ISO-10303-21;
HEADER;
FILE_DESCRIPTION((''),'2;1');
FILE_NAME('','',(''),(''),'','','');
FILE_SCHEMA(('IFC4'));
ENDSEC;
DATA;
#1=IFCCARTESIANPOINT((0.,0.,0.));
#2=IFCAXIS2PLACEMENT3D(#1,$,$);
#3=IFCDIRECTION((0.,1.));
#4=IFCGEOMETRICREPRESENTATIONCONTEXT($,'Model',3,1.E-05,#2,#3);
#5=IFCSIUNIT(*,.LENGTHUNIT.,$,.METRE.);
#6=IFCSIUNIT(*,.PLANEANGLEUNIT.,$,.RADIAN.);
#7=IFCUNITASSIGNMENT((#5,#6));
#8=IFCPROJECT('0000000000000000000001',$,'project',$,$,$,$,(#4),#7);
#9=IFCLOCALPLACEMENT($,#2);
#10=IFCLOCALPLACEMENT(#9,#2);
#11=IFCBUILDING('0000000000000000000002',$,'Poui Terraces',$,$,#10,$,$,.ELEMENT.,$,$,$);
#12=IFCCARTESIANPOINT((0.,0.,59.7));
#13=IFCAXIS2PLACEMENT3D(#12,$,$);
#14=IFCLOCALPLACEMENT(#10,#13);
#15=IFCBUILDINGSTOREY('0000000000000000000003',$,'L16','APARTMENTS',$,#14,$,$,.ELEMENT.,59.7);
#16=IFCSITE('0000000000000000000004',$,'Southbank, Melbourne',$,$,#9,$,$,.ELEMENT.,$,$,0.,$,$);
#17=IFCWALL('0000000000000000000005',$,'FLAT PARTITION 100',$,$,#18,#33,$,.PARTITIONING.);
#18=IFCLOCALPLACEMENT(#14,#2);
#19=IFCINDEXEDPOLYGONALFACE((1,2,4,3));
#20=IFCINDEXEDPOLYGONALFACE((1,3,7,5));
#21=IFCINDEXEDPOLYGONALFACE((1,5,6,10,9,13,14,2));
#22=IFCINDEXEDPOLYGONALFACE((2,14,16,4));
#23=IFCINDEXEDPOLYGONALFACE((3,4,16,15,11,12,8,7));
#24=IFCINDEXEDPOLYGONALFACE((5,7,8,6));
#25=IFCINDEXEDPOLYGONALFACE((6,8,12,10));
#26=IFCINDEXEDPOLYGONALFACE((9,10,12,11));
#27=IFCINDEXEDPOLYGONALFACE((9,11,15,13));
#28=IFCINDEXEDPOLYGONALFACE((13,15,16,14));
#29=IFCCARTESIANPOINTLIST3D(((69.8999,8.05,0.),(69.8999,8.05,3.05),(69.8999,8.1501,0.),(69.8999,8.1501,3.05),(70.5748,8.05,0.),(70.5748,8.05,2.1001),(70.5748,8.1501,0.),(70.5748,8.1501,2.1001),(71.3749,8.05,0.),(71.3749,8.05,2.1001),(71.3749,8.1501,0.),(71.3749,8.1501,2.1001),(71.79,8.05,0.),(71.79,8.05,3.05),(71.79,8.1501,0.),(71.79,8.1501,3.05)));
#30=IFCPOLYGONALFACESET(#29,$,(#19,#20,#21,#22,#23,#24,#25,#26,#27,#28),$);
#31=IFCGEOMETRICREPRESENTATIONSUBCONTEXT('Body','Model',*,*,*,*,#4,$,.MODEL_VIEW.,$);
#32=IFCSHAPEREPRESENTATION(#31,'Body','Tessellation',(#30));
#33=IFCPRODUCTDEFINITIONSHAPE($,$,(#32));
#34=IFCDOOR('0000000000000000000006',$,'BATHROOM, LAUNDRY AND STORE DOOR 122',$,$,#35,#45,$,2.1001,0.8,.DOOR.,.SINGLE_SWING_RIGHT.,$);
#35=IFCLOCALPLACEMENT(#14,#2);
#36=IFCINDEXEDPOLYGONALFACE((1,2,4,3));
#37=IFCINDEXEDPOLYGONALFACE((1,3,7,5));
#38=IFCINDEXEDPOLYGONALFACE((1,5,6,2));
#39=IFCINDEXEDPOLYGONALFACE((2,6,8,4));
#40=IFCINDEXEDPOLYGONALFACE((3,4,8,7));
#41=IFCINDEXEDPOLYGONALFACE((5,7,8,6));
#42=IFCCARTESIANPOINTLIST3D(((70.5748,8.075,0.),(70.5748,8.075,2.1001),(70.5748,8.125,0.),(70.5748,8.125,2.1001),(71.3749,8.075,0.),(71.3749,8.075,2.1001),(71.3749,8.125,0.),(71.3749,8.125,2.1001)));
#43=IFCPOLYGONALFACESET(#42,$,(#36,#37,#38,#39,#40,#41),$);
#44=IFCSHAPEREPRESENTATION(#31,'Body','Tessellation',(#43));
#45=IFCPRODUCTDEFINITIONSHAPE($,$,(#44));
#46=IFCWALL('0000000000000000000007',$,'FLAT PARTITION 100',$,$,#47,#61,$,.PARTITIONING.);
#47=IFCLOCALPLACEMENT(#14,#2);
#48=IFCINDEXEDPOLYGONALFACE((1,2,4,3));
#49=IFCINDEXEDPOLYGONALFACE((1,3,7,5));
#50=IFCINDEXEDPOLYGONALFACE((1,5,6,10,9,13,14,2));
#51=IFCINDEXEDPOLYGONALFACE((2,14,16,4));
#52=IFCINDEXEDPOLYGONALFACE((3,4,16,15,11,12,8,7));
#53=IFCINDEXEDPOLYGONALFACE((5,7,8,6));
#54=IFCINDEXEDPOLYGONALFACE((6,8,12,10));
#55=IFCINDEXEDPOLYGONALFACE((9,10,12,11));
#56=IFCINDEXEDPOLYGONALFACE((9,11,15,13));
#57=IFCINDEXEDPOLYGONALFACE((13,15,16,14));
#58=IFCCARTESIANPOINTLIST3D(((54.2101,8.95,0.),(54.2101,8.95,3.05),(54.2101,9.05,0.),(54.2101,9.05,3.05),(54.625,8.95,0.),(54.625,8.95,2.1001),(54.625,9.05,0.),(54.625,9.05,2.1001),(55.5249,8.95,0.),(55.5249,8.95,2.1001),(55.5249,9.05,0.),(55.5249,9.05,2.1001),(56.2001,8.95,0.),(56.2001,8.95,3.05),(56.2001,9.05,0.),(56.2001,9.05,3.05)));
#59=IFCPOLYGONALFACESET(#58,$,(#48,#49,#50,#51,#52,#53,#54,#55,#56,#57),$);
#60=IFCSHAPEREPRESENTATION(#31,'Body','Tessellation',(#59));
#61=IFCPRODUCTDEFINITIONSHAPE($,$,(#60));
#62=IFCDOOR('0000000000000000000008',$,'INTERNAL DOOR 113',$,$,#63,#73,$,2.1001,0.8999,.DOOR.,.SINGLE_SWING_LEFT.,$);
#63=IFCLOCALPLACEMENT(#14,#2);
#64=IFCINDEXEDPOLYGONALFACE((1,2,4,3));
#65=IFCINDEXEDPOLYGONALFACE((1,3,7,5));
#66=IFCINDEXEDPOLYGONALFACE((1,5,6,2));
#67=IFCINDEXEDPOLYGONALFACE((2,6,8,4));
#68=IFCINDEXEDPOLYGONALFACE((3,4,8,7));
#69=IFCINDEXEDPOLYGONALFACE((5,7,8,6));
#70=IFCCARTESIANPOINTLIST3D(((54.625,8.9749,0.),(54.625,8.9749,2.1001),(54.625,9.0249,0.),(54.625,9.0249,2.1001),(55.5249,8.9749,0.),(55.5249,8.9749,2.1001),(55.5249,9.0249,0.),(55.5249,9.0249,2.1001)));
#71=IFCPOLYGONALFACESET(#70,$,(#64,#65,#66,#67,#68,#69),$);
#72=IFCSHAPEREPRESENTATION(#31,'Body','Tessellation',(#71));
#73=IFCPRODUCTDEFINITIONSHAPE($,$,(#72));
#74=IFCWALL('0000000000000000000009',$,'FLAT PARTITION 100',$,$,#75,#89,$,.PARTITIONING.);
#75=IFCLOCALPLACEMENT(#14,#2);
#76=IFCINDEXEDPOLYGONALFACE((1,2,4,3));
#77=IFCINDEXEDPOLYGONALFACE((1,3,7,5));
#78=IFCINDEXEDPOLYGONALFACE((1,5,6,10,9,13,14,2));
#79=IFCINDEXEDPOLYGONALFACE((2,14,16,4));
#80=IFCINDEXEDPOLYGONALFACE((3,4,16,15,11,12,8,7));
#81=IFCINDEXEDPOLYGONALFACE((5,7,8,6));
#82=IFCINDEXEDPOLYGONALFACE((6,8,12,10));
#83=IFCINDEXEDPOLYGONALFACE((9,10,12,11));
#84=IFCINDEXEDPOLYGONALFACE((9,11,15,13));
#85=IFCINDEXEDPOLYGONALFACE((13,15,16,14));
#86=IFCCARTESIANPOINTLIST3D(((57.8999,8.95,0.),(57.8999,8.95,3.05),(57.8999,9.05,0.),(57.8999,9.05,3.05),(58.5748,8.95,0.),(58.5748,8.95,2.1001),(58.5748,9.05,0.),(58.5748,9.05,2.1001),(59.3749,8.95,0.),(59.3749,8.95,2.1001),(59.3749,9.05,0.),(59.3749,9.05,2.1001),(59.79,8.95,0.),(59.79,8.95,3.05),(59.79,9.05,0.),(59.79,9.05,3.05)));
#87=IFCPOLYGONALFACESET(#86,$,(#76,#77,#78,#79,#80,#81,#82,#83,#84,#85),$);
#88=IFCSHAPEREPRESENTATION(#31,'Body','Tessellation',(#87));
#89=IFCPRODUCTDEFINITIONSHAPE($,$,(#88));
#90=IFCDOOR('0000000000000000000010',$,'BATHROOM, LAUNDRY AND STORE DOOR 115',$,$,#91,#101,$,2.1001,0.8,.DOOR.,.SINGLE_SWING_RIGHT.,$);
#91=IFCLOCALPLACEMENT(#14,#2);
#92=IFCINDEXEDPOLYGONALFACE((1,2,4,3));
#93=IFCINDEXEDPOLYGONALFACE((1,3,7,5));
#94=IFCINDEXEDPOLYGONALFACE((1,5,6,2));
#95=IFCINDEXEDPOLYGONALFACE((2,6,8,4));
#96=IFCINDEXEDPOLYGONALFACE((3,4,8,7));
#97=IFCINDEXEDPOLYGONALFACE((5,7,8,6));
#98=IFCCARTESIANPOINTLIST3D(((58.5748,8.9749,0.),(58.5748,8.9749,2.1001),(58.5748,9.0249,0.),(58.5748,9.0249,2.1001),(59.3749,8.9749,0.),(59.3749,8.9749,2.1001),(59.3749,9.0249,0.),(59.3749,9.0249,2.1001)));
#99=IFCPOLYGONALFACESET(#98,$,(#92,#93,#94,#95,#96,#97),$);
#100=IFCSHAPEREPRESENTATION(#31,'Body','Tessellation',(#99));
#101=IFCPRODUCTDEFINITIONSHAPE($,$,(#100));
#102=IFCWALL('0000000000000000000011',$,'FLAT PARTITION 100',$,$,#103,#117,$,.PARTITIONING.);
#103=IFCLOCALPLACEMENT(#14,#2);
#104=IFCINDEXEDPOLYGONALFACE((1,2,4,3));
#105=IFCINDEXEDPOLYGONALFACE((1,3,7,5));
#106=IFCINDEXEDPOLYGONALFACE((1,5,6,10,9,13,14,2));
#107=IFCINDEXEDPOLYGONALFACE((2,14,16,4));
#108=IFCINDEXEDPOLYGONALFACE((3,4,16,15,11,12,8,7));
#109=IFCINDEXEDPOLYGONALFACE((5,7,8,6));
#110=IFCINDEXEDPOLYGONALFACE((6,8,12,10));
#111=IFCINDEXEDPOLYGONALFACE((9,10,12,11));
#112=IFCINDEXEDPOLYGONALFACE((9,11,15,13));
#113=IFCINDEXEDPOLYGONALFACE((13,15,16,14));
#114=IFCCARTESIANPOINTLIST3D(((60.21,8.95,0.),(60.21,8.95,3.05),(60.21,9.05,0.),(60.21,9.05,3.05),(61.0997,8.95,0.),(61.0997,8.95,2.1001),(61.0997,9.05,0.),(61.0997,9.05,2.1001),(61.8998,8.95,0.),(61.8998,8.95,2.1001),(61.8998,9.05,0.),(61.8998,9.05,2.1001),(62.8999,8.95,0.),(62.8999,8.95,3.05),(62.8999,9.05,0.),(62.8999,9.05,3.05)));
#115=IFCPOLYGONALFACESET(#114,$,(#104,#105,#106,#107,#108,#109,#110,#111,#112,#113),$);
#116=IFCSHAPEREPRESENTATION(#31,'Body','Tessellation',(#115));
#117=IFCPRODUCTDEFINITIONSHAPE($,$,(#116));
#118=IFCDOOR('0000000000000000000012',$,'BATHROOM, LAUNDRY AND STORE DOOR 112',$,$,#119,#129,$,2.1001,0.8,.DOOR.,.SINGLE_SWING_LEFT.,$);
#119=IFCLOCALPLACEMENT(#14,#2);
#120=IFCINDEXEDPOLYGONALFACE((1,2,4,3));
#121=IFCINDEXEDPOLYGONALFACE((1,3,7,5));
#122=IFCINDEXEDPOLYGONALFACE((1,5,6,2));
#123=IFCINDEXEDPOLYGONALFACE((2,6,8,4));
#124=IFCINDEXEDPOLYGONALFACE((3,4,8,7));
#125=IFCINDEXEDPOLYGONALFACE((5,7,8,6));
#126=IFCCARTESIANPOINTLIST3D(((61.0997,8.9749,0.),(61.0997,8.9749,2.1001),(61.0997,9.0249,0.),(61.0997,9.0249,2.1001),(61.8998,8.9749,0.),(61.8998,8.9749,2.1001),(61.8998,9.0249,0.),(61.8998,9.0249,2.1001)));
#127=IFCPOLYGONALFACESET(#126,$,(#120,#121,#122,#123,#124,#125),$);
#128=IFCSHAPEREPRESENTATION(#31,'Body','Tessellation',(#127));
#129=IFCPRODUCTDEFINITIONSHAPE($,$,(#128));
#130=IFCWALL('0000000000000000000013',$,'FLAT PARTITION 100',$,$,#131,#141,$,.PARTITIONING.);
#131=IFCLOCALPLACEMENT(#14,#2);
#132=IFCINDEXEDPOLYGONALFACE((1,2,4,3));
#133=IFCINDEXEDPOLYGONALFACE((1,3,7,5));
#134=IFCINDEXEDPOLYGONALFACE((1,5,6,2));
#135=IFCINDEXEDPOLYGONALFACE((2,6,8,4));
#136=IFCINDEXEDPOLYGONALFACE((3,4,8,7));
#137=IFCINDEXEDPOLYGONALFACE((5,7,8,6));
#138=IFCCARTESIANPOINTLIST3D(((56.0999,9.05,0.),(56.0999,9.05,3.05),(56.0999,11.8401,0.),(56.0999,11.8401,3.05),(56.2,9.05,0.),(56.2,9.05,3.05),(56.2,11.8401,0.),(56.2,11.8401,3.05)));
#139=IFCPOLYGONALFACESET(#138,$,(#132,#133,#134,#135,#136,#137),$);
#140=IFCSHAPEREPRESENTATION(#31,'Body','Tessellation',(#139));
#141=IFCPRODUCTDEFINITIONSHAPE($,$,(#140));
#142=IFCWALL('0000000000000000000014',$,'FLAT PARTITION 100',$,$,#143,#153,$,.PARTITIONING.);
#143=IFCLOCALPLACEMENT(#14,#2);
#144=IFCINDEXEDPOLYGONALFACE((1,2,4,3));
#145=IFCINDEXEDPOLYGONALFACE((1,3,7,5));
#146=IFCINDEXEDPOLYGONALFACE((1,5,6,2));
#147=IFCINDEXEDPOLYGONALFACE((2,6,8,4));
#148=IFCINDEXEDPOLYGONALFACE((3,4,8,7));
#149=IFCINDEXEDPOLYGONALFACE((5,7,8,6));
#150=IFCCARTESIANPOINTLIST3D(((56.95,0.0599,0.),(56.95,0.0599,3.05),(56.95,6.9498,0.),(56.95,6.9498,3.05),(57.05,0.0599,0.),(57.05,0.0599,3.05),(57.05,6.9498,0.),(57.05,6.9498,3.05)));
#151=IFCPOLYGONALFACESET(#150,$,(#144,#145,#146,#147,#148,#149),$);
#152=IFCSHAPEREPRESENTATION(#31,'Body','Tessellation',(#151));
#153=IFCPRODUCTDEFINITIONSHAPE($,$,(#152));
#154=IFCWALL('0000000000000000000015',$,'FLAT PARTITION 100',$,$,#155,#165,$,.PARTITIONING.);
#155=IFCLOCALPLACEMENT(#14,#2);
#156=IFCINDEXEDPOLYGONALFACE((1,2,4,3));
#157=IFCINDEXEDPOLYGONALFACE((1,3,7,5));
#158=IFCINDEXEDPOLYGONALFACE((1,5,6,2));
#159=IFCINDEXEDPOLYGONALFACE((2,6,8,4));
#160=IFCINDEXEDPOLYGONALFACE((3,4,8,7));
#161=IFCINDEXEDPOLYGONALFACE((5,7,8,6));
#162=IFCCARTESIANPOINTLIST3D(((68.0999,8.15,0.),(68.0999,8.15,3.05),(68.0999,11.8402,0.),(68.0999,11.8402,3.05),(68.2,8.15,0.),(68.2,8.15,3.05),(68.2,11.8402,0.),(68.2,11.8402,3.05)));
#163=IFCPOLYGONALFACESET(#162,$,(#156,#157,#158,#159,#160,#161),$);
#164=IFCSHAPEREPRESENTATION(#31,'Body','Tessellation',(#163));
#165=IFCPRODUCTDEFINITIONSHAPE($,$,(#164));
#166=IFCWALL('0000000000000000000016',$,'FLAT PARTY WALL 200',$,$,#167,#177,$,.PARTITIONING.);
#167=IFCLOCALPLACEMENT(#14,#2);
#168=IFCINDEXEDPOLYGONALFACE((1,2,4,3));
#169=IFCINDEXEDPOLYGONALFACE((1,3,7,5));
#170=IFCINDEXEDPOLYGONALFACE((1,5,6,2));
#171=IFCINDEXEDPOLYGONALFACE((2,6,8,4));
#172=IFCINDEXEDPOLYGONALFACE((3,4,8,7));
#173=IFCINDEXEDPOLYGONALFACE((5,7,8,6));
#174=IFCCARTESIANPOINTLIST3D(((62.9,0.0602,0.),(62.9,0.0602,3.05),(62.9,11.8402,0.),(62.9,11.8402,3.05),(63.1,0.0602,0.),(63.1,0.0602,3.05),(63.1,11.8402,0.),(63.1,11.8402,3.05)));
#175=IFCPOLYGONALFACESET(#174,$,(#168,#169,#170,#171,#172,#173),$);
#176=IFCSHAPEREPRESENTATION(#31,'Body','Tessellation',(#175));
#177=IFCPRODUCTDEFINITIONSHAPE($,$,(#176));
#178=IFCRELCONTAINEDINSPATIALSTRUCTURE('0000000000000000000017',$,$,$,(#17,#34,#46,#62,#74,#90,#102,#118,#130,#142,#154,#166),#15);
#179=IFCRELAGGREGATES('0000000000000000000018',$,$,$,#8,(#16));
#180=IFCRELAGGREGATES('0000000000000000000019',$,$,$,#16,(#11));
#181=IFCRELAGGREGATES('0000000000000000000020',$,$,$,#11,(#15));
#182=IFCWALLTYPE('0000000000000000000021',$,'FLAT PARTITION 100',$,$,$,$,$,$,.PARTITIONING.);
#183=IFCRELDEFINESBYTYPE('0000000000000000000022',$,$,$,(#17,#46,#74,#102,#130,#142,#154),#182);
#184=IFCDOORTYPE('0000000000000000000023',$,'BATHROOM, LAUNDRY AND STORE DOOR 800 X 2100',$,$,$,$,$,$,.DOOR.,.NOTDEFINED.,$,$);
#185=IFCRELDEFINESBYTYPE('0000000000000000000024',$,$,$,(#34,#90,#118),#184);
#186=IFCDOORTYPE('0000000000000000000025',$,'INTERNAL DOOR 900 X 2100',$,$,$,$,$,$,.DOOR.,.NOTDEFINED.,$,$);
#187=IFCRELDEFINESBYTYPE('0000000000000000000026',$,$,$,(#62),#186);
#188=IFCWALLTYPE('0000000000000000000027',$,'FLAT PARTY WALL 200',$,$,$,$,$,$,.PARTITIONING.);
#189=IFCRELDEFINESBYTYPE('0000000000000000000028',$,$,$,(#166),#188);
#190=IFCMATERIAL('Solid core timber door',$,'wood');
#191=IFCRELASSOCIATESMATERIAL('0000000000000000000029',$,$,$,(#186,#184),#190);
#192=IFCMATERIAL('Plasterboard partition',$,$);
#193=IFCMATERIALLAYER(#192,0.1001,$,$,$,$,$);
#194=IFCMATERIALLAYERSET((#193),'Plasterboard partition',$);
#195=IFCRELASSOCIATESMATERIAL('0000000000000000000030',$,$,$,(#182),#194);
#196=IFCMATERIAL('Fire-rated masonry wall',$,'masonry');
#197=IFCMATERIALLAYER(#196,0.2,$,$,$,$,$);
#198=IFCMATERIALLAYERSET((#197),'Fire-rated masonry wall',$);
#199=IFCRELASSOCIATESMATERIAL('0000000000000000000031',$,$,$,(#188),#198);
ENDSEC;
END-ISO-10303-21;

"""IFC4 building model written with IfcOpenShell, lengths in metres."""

from ifc_helpers import new_model, si_unit, direction, frame, frame_2d, origin, place, context, subcontext, project, spatial, rectangle, extrude, material, layer, layer_set, type_object, element, fill, save


model = new_model("IFC4")

# Units and contexts
model_context = context("Model", 3, precision=1e-05, world=origin(), true_north=direction((0.0, 1.0)))
body_context = subcontext(model_context, "Body", "Model", "MODEL_VIEW")
ifc_project = project(units=[si_unit("LENGTHUNIT", "METRE"), si_unit("PLANEANGLEUNIT", "RADIAN")], contexts=[model_context])

# Site, building, storey
site_placement = place(None, origin())
site = spatial("IfcSite", under=ifc_project, at=site_placement, Name="Southbank, Melbourne", CompositionType="ELEMENT", RefElevation=0.0)
building_placement = place(site_placement, origin())
building = spatial("IfcBuilding", under=site, at=building_placement, Name="Poui Terraces", CompositionType="ELEMENT")
storey_placement = place(building_placement, frame((0.0, 0.0, 59.7)))
storey = spatial("IfcBuildingStorey", under=building, at=storey_placement, Name="L16", Description="APARTMENTS", CompositionType="ELEMENT", Elevation=59.7)

# Walls, openings, doors
ifc_material_1 = material(Name="Solid core timber door", Category="wood")
door_type_1 = type_object("IfcDoorType", Name="INTERNAL DOOR 900 X 2100", OperationType="NOTDEFINED", PredefinedType="DOOR", material=ifc_material_1)
ifc_material_2 = material(Name="Plasterboard partition")
ifc_layer_1 = layer(ifc_material_2, 0.1001)
ifc_layer_set_1 = layer_set([ifc_layer_1], Name="Plasterboard partition")
wall_type_1 = type_object("IfcWallType", Name="FLAT PARTITION 100", PredefinedType="PARTITIONING", material=ifc_layer_set_1)
door_type_2 = type_object("IfcDoorType", Name="BATHROOM, LAUNDRY AND STORE DOOR 800 X 2100", OperationType="NOTDEFINED", PredefinedType="DOOR", material=ifc_material_1)
wall_1_placement = place(storey_placement, frame((69.8999, 8.1001, 0.0), z_axis=(0.0, 0.0, 1.0), x_axis=(1.0, 0.0, 0.0)))
wall_1 = element("IfcWall", 1, at=wall_1_placement, inside=storey, type_object=wall_type_1, Name="FLAT PARTITION 100", PredefinedType="PARTITIONING", context=body_context, shape_type="SweptSolid", body=[
    extrude(rectangle(XDim=1.8901, YDim=0.1001, at=frame_2d((0.9451, 0.0))), origin(), (0.0, 0.0, 1.0), 3.05),
])
opening_1_placement = place(wall_1_placement, frame((0.675, 0.0, 0.0)))
opening_1 = element("IfcOpeningElement", 2, at=opening_1_placement, cuts=wall_1, PredefinedType="OPENING", context=body_context, shape_type="SweptSolid", body=[
    extrude(rectangle(XDim=0.8, YDim=2.1001, at=frame_2d((0.3999, 1.05))), frame((0.0, 0.0601, 0.0), z_axis=(0.0, -1.0, 0.0), x_axis=(1.0, 0.0, 0.0)), (0.0, 0.0, 1.0), 0.1201),
])
door_1_placement = place(opening_1_placement, origin())
door_1 = element("IfcDoor", 3, at=door_1_placement, inside=storey, type_object=door_type_2, Name="BATHROOM, LAUNDRY AND STORE DOOR 122", OperationType="SINGLE_SWING_RIGHT", OverallHeight=2.1001, OverallWidth=0.8, PredefinedType="DOOR", context=body_context, shape_type="SweptSolid", body=[
    extrude(rectangle(XDim=0.8, YDim=2.1001, at=frame_2d((0.3999, 1.05))), frame((0.0, 0.0249, 0.0), z_axis=(0.0, -1.0, 0.0), x_axis=(1.0, 0.0, 0.0)), (0.0, 0.0, 1.0), 0.05),
])
fill(opening_1, door_1)
wall_2_placement = place(storey_placement, frame((54.21, 9.0, 0.0), z_axis=(0.0, 0.0, 1.0), x_axis=(1.0, 0.0, 0.0)))
wall_2 = element("IfcWall", 4, at=wall_2_placement, inside=storey, type_object=wall_type_1, Name="FLAT PARTITION 100", PredefinedType="PARTITIONING", context=body_context, shape_type="SweptSolid", body=[
    extrude(rectangle(XDim=1.99, YDim=0.1001, at=frame_2d((0.9951, 0.0))), origin(), (0.0, 0.0, 1.0), 3.05),
])
opening_2_placement = place(wall_2_placement, frame((0.415, 0.0, 0.0)))
opening_2 = element("IfcOpeningElement", 5, at=opening_2_placement, cuts=wall_2, PredefinedType="OPENING", context=body_context, shape_type="SweptSolid", body=[
    extrude(rectangle(XDim=0.8999, YDim=2.1001, at=frame_2d((0.45, 1.05))), frame((0.0, 0.0601, 0.0), z_axis=(0.0, -1.0, 0.0), x_axis=(1.0, 0.0, 0.0)), (0.0, 0.0, 1.0), 0.1201),
])
door_2_placement = place(opening_2_placement, origin())
door_2 = element("IfcDoor", 6, at=door_2_placement, inside=storey, type_object=door_type_1, Name="INTERNAL DOOR 113", OperationType="SINGLE_SWING_LEFT", OverallHeight=2.1001, OverallWidth=0.8999, PredefinedType="DOOR", context=body_context, shape_type="SweptSolid", body=[
    extrude(rectangle(XDim=0.8999, YDim=2.1001, at=frame_2d((0.45, 1.05))), frame((0.0, 0.0249, 0.0), z_axis=(0.0, -1.0, 0.0), x_axis=(1.0, 0.0, 0.0)), (0.0, 0.0, 1.0), 0.05),
])
fill(opening_2, door_2)
wall_3_placement = place(storey_placement, frame((57.8999, 9.0, 0.0), z_axis=(0.0, 0.0, 1.0), x_axis=(1.0, 0.0, 0.0)))
wall_3 = element("IfcWall", 7, at=wall_3_placement, inside=storey, type_object=wall_type_1, Name="FLAT PARTITION 100", PredefinedType="PARTITIONING", context=body_context, shape_type="SweptSolid", body=[
    extrude(rectangle(XDim=1.8901, YDim=0.1001, at=frame_2d((0.9451, 0.0))), origin(), (0.0, 0.0, 1.0), 3.05),
])
opening_3_placement = place(wall_3_placement, frame((0.675, 0.0, 0.0)))
opening_3 = element("IfcOpeningElement", 8, at=opening_3_placement, cuts=wall_3, PredefinedType="OPENING", context=body_context, shape_type="SweptSolid", body=[
    extrude(rectangle(XDim=0.8, YDim=2.1001, at=frame_2d((0.3999, 1.05))), frame((0.0, 0.0601, 0.0), z_axis=(0.0, -1.0, 0.0), x_axis=(1.0, 0.0, 0.0)), (0.0, 0.0, 1.0), 0.1201),
])
door_3_placement = place(opening_3_placement, origin())
door_3 = element("IfcDoor", 9, at=door_3_placement, inside=storey, type_object=door_type_2, Name="BATHROOM, LAUNDRY AND STORE DOOR 115", OperationType="SINGLE_SWING_RIGHT", OverallHeight=2.1001, OverallWidth=0.8, PredefinedType="DOOR", context=body_context, shape_type="SweptSolid", body=[
    extrude(rectangle(XDim=0.8, YDim=2.1001, at=frame_2d((0.3999, 1.05))), frame((0.0, 0.0249, 0.0), z_axis=(0.0, -1.0, 0.0), x_axis=(1.0, 0.0, 0.0)), (0.0, 0.0, 1.0), 0.05),
])
fill(opening_3, door_3)
wall_4_placement = place(storey_placement, frame((60.21, 9.0, 0.0), z_axis=(0.0, 0.0, 1.0), x_axis=(1.0, 0.0, 0.0)))
wall_4 = element("IfcWall", 10, at=wall_4_placement, inside=storey, type_object=wall_type_1, Name="FLAT PARTITION 100", PredefinedType="PARTITIONING", context=body_context, shape_type="SweptSolid", body=[
    extrude(rectangle(XDim=2.6899, YDim=0.1001, at=frame_2d((1.345, 0.0))), origin(), (0.0, 0.0, 1.0), 3.05),
])
opening_4_placement = place(wall_4_placement, frame((0.8899, 0.0, 0.0)))
opening_4 = element("IfcOpeningElement", 11, at=opening_4_placement, cuts=wall_4, PredefinedType="OPENING", context=body_context, shape_type="SweptSolid", body=[
    extrude(rectangle(XDim=0.8, YDim=2.1001, at=frame_2d((0.3999, 1.05))), frame((0.0, 0.0601, 0.0), z_axis=(0.0, -1.0, 0.0), x_axis=(1.0, 0.0, 0.0)), (0.0, 0.0, 1.0), 0.1201),
])
door_4_placement = place(opening_4_placement, origin())
door_4 = element("IfcDoor", 12, at=door_4_placement, inside=storey, type_object=door_type_2, Name="BATHROOM, LAUNDRY AND STORE DOOR 112", OperationType="SINGLE_SWING_LEFT", OverallHeight=2.1001, OverallWidth=0.8, PredefinedType="DOOR", context=body_context, shape_type="SweptSolid", body=[
    extrude(rectangle(XDim=0.8, YDim=2.1001, at=frame_2d((0.3999, 1.05))), frame((0.0, 0.0249, 0.0), z_axis=(0.0, -1.0, 0.0), x_axis=(1.0, 0.0, 0.0)), (0.0, 0.0, 1.0), 0.05),
])
fill(opening_4, door_4)

# Walls
wall_5_placement = place(storey_placement, frame((56.1499, 9.05, 0.0), z_axis=(0.0, 0.0, 1.0), x_axis=(0.0, 1.0, 0.0)))
element("IfcWall", 13, at=wall_5_placement, inside=storey, type_object=wall_type_1, Name="FLAT PARTITION 100", PredefinedType="PARTITIONING", context=body_context, shape_type="SweptSolid", body=[
    extrude(rectangle(XDim=2.79, YDim=0.1001, at=frame_2d((1.395, 0.0))), origin(), (0.0, 0.0, 1.0), 3.05),
])
wall_6_placement = place(storey_placement, frame((57.0, 0.0601, 0.0), z_axis=(0.0, 0.0, 1.0), x_axis=(0.0, 1.0, 0.0)))
element("IfcWall", 14, at=wall_6_placement, inside=storey, type_object=wall_type_1, Name="FLAT PARTITION 100", PredefinedType="PARTITIONING", context=body_context, shape_type="SweptSolid", body=[
    extrude(rectangle(XDim=6.8899, YDim=0.1001, at=frame_2d((3.4448, 0.0))), origin(), (0.0, 0.0, 1.0), 3.05),
])
wall_7_placement = place(storey_placement, frame((68.1499, 8.1499, 0.0), z_axis=(0.0, 0.0, 1.0), x_axis=(0.0, 1.0, 0.0)))
element("IfcWall", 15, at=wall_7_placement, inside=storey, type_object=wall_type_1, Name="FLAT PARTITION 100", PredefinedType="PARTITIONING", context=body_context, shape_type="SweptSolid", body=[
    extrude(rectangle(XDim=3.6902, YDim=0.1001, at=frame_2d((1.8452, 0.0))), origin(), (0.0, 0.0, 1.0), 3.05),
])
ifc_material_3 = material(Name="Fire-rated masonry wall", Category="masonry")
ifc_layer_2 = layer(ifc_material_3, 0.2)
ifc_layer_set_2 = layer_set([ifc_layer_2], Name="Fire-rated masonry wall")
wall_type_2 = type_object("IfcWallType", Name="FLAT PARTY WALL 200", PredefinedType="PARTITIONING", material=ifc_layer_set_2)
wall_8_placement = place(storey_placement, frame((63.0, 0.0601, 0.0), z_axis=(0.0, 0.0, 1.0), x_axis=(0.0, 1.0, 0.0)))
element("IfcWall", 16, at=wall_8_placement, inside=storey, type_object=wall_type_2, Name="FLAT PARTY WALL 200", PredefinedType="PARTITIONING", context=body_context, shape_type="SweptSolid", body=[
    extrude(rectangle(XDim=11.78, YDim=0.2, at=frame_2d((5.8901, 0.0))), origin(), (0.0, 0.0, 1.0), 3.05),
])

save(model, "model.ifc")
